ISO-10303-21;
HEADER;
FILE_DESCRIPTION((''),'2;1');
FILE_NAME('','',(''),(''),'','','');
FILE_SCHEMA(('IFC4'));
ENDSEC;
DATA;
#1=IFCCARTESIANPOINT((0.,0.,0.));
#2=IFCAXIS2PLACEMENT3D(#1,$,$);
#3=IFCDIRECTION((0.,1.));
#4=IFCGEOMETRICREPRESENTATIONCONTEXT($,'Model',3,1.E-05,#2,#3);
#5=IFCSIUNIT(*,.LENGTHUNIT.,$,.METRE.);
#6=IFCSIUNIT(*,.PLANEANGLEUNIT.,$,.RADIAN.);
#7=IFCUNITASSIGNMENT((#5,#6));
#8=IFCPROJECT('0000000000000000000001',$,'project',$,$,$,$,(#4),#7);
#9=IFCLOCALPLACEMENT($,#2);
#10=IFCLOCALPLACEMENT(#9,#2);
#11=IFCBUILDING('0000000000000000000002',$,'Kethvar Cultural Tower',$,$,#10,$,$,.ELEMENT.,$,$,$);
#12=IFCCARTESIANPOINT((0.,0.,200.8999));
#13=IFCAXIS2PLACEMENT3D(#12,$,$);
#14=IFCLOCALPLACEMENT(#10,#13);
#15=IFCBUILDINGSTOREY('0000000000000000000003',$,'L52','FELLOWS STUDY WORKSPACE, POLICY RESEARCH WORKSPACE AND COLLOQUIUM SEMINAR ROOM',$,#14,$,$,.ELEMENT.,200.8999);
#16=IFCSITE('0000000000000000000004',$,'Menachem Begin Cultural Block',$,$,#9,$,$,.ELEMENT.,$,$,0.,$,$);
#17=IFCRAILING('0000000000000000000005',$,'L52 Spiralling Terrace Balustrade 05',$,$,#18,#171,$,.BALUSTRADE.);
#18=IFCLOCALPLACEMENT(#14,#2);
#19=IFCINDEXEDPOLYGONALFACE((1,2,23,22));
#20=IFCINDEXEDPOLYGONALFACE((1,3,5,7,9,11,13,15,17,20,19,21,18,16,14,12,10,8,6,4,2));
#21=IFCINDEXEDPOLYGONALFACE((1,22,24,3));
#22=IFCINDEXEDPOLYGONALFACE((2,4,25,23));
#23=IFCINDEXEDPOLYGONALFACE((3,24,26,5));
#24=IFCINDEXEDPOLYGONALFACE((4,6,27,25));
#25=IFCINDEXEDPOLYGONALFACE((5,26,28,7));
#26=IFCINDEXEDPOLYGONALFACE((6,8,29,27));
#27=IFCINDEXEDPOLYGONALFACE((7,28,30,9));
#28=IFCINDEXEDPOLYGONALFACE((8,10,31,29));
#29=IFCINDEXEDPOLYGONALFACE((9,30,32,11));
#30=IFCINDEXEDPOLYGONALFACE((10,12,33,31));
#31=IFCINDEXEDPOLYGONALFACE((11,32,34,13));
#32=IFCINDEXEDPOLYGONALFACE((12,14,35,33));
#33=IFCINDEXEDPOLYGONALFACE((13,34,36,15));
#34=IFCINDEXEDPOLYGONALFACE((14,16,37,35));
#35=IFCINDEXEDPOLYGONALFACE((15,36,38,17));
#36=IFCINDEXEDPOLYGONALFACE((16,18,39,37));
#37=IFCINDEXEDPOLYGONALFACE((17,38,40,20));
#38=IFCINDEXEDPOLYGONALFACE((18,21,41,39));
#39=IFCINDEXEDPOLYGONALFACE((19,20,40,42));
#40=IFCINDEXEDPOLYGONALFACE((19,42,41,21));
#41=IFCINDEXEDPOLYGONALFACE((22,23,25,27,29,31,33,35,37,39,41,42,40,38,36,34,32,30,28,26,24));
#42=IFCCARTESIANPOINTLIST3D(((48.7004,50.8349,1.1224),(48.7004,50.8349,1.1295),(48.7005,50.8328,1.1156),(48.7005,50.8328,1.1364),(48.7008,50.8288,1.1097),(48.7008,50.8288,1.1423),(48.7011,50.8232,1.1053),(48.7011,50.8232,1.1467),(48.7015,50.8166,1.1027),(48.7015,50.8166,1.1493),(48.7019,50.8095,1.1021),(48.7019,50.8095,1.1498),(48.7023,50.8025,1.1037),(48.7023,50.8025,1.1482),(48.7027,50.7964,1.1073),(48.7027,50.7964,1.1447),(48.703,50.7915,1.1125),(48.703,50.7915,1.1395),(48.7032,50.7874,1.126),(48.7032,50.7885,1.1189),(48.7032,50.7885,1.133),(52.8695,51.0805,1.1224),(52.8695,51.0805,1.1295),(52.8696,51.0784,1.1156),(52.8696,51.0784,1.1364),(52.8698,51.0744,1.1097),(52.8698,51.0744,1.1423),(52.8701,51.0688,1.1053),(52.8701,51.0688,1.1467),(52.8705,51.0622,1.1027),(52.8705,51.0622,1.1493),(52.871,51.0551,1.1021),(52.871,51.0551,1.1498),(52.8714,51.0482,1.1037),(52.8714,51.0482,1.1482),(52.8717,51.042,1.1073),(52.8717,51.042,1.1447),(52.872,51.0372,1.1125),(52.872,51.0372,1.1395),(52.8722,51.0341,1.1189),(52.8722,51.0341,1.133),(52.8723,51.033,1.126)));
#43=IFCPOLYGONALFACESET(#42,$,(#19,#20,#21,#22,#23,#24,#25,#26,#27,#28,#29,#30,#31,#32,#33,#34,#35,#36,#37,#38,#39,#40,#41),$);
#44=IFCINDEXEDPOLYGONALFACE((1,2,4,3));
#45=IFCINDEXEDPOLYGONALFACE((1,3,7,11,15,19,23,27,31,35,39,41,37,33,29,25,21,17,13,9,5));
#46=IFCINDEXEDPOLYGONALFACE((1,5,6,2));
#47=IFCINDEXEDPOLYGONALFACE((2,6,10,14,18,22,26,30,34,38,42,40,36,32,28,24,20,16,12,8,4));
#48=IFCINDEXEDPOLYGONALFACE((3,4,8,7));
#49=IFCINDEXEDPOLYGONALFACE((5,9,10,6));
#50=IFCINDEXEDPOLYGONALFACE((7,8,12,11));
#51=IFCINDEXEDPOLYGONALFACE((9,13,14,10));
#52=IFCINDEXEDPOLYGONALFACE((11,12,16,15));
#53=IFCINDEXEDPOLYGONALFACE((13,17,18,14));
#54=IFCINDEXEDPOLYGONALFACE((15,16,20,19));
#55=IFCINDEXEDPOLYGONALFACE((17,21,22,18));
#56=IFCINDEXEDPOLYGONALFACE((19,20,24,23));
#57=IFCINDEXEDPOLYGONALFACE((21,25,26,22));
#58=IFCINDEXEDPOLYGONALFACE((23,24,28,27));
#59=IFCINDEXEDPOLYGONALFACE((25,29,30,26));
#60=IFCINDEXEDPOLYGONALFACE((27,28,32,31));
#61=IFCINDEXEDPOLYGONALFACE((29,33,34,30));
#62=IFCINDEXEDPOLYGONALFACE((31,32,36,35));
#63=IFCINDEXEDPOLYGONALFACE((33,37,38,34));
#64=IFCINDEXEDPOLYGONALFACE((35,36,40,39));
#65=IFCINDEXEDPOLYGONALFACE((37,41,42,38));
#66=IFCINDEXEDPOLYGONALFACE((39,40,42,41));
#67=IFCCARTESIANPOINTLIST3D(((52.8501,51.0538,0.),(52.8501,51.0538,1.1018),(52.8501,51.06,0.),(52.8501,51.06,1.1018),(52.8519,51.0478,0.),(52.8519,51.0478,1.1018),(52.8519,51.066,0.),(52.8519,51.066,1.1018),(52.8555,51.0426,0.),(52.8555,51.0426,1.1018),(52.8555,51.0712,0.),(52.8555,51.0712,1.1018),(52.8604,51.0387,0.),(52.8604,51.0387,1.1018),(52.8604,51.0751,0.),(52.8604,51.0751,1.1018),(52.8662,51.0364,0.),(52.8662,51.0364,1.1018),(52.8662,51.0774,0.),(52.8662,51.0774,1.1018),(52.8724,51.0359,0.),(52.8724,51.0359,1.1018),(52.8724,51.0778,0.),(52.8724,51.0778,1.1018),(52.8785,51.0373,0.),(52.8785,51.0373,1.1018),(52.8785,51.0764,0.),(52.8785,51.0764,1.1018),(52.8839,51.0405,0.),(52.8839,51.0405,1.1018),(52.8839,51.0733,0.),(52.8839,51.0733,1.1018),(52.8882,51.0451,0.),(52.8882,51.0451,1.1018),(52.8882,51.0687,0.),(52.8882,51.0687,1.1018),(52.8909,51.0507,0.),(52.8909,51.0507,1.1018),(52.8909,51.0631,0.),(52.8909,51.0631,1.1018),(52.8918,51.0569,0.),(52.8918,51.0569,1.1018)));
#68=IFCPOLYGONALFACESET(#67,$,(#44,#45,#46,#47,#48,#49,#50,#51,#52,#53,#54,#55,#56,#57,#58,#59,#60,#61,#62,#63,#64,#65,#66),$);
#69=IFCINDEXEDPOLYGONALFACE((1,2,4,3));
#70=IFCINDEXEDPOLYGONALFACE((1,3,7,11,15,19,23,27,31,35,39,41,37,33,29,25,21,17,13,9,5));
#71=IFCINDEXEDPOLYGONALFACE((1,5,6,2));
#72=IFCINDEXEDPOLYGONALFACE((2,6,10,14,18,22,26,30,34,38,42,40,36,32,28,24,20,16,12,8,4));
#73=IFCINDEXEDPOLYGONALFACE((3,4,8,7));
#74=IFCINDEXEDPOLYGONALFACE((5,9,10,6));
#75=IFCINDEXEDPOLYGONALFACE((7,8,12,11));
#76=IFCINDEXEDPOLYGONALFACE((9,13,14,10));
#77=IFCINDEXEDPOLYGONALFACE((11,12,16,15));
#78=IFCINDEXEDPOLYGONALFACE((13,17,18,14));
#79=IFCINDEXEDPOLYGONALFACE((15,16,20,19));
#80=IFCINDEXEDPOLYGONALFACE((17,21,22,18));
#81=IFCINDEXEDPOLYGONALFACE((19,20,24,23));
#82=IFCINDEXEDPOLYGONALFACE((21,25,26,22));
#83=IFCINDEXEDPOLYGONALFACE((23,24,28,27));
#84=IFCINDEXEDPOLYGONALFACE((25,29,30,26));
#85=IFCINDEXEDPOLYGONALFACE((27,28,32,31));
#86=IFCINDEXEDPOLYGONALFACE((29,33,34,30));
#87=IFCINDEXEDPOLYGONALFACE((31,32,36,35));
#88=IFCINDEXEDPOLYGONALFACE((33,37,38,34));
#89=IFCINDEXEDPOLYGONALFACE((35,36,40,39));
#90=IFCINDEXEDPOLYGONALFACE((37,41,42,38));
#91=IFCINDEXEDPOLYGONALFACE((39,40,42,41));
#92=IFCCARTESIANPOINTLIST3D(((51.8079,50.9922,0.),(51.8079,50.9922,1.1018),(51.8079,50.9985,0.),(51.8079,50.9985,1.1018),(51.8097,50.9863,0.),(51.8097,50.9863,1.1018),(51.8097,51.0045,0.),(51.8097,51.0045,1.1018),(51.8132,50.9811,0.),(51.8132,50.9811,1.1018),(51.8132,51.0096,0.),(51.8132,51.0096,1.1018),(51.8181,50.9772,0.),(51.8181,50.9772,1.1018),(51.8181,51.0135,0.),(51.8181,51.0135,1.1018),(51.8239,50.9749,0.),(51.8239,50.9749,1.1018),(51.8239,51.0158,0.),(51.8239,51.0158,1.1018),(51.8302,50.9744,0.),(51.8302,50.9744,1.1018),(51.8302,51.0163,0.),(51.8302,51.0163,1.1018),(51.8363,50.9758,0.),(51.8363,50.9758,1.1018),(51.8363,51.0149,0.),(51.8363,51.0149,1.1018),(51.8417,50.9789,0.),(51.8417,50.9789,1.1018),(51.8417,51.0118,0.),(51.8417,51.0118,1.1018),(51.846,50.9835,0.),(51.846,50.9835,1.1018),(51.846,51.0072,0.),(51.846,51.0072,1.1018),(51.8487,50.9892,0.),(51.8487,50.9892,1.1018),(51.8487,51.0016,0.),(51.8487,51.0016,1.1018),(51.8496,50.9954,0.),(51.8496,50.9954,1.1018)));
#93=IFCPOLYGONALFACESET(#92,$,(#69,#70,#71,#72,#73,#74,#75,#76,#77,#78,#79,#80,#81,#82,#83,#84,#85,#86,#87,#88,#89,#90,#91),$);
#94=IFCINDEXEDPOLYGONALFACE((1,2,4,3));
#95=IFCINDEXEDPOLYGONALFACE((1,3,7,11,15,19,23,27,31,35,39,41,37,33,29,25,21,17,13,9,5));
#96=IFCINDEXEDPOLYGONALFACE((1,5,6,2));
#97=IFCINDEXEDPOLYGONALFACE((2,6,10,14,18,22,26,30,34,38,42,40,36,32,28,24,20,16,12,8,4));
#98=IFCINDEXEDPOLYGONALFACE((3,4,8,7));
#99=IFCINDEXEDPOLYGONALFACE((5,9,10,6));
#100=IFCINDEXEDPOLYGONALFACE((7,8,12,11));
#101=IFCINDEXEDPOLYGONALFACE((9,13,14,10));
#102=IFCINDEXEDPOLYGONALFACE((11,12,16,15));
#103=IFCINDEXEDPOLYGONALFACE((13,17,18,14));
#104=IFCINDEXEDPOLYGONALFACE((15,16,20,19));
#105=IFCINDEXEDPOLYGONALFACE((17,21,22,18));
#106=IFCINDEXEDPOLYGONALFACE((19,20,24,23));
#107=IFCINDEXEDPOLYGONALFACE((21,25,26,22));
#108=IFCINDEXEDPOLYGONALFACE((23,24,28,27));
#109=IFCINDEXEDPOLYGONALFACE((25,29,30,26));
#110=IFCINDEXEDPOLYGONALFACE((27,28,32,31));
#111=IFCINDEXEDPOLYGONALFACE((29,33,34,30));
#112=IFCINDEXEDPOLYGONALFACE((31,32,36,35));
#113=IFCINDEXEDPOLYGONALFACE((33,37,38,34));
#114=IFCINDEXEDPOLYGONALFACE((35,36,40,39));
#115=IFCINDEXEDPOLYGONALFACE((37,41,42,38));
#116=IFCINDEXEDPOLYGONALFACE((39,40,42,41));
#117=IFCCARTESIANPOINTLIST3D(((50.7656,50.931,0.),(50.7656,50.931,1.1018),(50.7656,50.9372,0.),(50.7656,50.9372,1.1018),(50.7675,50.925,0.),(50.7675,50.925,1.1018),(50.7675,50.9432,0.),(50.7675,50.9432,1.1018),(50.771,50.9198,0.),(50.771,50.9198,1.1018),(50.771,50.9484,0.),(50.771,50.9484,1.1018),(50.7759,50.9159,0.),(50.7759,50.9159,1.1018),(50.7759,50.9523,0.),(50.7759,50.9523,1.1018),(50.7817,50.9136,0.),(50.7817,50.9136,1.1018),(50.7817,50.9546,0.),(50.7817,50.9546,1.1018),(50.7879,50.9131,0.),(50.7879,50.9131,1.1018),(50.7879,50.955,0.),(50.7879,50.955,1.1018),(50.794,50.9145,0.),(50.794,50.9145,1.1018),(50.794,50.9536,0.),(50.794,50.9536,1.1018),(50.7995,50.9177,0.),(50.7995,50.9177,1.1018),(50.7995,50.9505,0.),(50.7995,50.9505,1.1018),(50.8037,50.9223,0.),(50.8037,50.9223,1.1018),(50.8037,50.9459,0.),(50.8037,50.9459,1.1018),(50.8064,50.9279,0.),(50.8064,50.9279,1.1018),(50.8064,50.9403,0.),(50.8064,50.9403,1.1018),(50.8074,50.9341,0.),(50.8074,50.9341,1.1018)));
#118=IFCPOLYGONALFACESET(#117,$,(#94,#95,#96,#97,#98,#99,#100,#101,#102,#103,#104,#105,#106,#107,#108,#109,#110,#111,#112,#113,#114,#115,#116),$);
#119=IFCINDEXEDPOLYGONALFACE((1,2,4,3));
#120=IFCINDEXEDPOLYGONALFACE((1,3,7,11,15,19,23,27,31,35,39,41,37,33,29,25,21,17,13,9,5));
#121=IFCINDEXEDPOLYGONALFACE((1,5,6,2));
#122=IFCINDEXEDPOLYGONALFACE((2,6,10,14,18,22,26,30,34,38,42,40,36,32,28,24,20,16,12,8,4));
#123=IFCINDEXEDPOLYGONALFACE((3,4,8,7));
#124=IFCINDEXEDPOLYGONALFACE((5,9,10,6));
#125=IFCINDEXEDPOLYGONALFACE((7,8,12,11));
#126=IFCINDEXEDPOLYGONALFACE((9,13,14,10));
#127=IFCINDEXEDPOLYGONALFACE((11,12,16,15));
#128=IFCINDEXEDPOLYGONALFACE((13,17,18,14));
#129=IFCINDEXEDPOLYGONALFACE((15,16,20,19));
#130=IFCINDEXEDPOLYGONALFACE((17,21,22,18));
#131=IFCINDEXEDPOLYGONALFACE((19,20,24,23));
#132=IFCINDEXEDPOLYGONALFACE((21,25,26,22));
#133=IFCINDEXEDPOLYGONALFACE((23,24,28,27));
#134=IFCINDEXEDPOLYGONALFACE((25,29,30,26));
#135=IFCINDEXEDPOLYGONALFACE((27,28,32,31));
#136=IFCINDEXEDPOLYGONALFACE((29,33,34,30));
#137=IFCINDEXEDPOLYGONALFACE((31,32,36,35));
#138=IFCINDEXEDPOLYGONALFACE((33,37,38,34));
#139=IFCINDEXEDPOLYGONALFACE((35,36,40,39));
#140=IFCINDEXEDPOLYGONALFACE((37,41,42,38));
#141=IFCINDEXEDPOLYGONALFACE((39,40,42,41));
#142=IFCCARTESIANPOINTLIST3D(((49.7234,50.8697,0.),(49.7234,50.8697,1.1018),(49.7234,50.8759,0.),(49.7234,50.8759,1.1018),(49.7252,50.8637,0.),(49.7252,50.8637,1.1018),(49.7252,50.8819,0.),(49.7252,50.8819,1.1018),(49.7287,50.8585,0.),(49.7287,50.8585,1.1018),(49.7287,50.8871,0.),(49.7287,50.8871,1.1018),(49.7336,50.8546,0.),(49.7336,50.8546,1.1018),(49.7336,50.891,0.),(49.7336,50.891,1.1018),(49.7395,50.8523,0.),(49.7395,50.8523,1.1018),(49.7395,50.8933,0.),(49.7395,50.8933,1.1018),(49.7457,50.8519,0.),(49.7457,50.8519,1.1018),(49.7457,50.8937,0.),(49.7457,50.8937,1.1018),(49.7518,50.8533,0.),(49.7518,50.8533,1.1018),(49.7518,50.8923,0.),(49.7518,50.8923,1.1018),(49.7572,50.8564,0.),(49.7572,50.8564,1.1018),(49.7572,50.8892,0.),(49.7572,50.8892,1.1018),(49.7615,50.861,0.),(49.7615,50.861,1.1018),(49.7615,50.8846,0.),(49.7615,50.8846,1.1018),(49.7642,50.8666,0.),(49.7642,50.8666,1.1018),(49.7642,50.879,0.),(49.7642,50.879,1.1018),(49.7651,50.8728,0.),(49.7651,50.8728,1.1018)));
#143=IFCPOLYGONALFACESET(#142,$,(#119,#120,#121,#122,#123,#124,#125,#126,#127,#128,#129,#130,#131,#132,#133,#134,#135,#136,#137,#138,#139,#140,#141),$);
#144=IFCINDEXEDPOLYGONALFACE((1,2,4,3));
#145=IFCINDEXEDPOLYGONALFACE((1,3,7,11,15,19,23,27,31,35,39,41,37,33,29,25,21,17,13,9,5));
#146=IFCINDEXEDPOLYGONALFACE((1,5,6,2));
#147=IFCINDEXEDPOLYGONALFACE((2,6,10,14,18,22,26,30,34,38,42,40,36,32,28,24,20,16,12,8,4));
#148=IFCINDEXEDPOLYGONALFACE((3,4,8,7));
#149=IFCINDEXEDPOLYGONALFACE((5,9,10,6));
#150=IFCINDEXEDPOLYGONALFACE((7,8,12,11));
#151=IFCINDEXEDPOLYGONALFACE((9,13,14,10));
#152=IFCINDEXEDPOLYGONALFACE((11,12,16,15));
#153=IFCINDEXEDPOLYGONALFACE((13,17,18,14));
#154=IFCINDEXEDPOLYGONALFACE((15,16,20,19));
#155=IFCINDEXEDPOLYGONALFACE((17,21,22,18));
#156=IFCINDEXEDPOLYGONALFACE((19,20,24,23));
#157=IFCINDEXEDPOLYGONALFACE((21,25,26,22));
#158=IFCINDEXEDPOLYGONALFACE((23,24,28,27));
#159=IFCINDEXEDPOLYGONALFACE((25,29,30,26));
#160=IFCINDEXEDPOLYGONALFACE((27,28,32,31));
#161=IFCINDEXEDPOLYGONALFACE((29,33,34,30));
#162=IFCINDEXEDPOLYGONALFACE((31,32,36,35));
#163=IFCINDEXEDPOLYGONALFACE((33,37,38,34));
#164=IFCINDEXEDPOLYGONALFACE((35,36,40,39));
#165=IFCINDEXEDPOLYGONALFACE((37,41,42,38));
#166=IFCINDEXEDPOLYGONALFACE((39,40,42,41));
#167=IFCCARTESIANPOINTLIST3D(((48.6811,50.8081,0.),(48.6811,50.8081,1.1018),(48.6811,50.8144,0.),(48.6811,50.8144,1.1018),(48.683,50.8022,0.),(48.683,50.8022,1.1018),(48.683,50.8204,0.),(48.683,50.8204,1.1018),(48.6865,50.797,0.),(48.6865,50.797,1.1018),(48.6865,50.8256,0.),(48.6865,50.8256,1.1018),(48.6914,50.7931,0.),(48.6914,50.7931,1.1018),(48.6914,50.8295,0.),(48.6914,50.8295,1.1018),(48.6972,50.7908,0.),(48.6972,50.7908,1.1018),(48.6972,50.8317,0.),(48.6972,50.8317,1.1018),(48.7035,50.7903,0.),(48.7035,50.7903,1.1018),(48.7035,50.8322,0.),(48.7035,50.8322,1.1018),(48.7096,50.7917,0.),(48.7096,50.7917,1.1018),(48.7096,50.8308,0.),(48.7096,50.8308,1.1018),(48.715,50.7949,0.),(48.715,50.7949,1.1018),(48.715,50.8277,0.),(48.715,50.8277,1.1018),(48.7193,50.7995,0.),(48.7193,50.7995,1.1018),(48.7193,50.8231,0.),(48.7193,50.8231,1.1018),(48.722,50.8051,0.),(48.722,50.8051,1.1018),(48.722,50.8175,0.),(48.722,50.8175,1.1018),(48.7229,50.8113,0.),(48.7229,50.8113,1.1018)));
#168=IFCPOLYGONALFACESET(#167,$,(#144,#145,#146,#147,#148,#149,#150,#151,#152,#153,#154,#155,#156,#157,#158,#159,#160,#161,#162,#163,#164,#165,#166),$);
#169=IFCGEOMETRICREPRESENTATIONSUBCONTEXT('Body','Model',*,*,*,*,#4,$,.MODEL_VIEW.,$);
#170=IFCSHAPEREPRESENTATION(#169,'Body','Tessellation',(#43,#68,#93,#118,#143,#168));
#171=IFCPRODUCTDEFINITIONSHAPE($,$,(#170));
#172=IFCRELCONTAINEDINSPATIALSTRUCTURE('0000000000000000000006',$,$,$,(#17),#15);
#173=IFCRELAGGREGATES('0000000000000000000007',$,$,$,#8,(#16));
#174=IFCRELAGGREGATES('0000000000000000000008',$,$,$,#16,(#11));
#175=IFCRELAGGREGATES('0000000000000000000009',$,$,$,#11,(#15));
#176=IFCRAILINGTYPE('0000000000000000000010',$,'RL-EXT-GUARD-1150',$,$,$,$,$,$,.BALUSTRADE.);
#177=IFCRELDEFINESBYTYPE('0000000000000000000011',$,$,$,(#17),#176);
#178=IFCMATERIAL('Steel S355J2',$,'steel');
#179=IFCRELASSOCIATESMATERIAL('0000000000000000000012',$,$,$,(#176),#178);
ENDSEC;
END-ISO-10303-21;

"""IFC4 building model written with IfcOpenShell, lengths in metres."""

from ifc_helpers import new_model, si_unit, direction, frame, origin, origin_2d, place, context, subcontext, project, spatial, circle, extrude, material, type_object, element, save


model = new_model("IFC4")

# Units and contexts
model_context = context("Model", 3, precision=1e-05, world=origin(), true_north=direction((0.0, 1.0)))
body_context = subcontext(model_context, "Body", "Model", "MODEL_VIEW")
ifc_project = project(units=[si_unit("LENGTHUNIT", "METRE"), si_unit("PLANEANGLEUNIT", "RADIAN")], contexts=[model_context])

# Site, building, storey
site_placement = place(None, origin())
site = spatial("IfcSite", under=ifc_project, at=site_placement, Name="Menachem Begin Cultural Block", CompositionType="ELEMENT", RefElevation=0.0)
building_placement = place(site_placement, origin())
building = spatial("IfcBuilding", under=site, at=building_placement, Name="Kethvar Cultural Tower", CompositionType="ELEMENT")
storey_placement = place(building_placement, frame((0.0, 0.0, 200.8999)))
storey = spatial("IfcBuildingStorey", under=building, at=storey_placement, Name="L52", Description="FELLOWS STUDY WORKSPACE, POLICY RESEARCH WORKSPACE AND COLLOQUIUM SEMINAR ROOM", CompositionType="ELEMENT", Elevation=200.8999)

# Shared definitions
ifc_material_1 = material(Name="Steel S355J2", Category="steel")

# Railing
railing_type = type_object("IfcRailingType", Name="RL-EXT-GUARD-1150", PredefinedType="BALUSTRADE", material=ifc_material_1)
railing_1_placement = place(storey_placement, frame((52.8708, 51.0569, 0.0)))
element("IfcRailing", 1, at=railing_1_placement, inside=storey, type_object=railing_type, Name="L52 Spiralling Terrace Balustrade 05", PredefinedType="BALUSTRADE", context=body_context, shape_type="SweptSolid", body=[
    extrude(circle(Radius=0.0239, at=origin_2d()), frame((0.0, 0.0, 1.126), z_axis=(-0.998269, -0.058811, 0.0), x_axis=(0.058811, -0.998269, 0.0)), (0.0, 0.0, 1.0), 4.1763),
    extrude(circle(Radius=0.021, at=origin_2d()), origin(), (0.0, 0.0, 1.0), 1.1018),
    extrude(circle(Radius=0.021, at=origin_2d()), frame((-1.0422, -0.0615, 0.0)), (0.0, 0.0, 1.0), 1.1018),
    extrude(circle(Radius=0.021, at=origin_2d()), frame((-2.0845, -0.1228, 0.0)), (0.0, 0.0, 1.0), 1.1018),
    extrude(circle(Radius=0.021, at=origin_2d()), frame((-3.1267, -0.1841, 0.0)), (0.0, 0.0, 1.0), 1.1018),
    extrude(circle(Radius=0.021, at=origin_2d()), frame((-4.1689, -0.2456, 0.0)), (0.0, 0.0, 1.0), 1.1018),
])

save(model, "model.ifc")
